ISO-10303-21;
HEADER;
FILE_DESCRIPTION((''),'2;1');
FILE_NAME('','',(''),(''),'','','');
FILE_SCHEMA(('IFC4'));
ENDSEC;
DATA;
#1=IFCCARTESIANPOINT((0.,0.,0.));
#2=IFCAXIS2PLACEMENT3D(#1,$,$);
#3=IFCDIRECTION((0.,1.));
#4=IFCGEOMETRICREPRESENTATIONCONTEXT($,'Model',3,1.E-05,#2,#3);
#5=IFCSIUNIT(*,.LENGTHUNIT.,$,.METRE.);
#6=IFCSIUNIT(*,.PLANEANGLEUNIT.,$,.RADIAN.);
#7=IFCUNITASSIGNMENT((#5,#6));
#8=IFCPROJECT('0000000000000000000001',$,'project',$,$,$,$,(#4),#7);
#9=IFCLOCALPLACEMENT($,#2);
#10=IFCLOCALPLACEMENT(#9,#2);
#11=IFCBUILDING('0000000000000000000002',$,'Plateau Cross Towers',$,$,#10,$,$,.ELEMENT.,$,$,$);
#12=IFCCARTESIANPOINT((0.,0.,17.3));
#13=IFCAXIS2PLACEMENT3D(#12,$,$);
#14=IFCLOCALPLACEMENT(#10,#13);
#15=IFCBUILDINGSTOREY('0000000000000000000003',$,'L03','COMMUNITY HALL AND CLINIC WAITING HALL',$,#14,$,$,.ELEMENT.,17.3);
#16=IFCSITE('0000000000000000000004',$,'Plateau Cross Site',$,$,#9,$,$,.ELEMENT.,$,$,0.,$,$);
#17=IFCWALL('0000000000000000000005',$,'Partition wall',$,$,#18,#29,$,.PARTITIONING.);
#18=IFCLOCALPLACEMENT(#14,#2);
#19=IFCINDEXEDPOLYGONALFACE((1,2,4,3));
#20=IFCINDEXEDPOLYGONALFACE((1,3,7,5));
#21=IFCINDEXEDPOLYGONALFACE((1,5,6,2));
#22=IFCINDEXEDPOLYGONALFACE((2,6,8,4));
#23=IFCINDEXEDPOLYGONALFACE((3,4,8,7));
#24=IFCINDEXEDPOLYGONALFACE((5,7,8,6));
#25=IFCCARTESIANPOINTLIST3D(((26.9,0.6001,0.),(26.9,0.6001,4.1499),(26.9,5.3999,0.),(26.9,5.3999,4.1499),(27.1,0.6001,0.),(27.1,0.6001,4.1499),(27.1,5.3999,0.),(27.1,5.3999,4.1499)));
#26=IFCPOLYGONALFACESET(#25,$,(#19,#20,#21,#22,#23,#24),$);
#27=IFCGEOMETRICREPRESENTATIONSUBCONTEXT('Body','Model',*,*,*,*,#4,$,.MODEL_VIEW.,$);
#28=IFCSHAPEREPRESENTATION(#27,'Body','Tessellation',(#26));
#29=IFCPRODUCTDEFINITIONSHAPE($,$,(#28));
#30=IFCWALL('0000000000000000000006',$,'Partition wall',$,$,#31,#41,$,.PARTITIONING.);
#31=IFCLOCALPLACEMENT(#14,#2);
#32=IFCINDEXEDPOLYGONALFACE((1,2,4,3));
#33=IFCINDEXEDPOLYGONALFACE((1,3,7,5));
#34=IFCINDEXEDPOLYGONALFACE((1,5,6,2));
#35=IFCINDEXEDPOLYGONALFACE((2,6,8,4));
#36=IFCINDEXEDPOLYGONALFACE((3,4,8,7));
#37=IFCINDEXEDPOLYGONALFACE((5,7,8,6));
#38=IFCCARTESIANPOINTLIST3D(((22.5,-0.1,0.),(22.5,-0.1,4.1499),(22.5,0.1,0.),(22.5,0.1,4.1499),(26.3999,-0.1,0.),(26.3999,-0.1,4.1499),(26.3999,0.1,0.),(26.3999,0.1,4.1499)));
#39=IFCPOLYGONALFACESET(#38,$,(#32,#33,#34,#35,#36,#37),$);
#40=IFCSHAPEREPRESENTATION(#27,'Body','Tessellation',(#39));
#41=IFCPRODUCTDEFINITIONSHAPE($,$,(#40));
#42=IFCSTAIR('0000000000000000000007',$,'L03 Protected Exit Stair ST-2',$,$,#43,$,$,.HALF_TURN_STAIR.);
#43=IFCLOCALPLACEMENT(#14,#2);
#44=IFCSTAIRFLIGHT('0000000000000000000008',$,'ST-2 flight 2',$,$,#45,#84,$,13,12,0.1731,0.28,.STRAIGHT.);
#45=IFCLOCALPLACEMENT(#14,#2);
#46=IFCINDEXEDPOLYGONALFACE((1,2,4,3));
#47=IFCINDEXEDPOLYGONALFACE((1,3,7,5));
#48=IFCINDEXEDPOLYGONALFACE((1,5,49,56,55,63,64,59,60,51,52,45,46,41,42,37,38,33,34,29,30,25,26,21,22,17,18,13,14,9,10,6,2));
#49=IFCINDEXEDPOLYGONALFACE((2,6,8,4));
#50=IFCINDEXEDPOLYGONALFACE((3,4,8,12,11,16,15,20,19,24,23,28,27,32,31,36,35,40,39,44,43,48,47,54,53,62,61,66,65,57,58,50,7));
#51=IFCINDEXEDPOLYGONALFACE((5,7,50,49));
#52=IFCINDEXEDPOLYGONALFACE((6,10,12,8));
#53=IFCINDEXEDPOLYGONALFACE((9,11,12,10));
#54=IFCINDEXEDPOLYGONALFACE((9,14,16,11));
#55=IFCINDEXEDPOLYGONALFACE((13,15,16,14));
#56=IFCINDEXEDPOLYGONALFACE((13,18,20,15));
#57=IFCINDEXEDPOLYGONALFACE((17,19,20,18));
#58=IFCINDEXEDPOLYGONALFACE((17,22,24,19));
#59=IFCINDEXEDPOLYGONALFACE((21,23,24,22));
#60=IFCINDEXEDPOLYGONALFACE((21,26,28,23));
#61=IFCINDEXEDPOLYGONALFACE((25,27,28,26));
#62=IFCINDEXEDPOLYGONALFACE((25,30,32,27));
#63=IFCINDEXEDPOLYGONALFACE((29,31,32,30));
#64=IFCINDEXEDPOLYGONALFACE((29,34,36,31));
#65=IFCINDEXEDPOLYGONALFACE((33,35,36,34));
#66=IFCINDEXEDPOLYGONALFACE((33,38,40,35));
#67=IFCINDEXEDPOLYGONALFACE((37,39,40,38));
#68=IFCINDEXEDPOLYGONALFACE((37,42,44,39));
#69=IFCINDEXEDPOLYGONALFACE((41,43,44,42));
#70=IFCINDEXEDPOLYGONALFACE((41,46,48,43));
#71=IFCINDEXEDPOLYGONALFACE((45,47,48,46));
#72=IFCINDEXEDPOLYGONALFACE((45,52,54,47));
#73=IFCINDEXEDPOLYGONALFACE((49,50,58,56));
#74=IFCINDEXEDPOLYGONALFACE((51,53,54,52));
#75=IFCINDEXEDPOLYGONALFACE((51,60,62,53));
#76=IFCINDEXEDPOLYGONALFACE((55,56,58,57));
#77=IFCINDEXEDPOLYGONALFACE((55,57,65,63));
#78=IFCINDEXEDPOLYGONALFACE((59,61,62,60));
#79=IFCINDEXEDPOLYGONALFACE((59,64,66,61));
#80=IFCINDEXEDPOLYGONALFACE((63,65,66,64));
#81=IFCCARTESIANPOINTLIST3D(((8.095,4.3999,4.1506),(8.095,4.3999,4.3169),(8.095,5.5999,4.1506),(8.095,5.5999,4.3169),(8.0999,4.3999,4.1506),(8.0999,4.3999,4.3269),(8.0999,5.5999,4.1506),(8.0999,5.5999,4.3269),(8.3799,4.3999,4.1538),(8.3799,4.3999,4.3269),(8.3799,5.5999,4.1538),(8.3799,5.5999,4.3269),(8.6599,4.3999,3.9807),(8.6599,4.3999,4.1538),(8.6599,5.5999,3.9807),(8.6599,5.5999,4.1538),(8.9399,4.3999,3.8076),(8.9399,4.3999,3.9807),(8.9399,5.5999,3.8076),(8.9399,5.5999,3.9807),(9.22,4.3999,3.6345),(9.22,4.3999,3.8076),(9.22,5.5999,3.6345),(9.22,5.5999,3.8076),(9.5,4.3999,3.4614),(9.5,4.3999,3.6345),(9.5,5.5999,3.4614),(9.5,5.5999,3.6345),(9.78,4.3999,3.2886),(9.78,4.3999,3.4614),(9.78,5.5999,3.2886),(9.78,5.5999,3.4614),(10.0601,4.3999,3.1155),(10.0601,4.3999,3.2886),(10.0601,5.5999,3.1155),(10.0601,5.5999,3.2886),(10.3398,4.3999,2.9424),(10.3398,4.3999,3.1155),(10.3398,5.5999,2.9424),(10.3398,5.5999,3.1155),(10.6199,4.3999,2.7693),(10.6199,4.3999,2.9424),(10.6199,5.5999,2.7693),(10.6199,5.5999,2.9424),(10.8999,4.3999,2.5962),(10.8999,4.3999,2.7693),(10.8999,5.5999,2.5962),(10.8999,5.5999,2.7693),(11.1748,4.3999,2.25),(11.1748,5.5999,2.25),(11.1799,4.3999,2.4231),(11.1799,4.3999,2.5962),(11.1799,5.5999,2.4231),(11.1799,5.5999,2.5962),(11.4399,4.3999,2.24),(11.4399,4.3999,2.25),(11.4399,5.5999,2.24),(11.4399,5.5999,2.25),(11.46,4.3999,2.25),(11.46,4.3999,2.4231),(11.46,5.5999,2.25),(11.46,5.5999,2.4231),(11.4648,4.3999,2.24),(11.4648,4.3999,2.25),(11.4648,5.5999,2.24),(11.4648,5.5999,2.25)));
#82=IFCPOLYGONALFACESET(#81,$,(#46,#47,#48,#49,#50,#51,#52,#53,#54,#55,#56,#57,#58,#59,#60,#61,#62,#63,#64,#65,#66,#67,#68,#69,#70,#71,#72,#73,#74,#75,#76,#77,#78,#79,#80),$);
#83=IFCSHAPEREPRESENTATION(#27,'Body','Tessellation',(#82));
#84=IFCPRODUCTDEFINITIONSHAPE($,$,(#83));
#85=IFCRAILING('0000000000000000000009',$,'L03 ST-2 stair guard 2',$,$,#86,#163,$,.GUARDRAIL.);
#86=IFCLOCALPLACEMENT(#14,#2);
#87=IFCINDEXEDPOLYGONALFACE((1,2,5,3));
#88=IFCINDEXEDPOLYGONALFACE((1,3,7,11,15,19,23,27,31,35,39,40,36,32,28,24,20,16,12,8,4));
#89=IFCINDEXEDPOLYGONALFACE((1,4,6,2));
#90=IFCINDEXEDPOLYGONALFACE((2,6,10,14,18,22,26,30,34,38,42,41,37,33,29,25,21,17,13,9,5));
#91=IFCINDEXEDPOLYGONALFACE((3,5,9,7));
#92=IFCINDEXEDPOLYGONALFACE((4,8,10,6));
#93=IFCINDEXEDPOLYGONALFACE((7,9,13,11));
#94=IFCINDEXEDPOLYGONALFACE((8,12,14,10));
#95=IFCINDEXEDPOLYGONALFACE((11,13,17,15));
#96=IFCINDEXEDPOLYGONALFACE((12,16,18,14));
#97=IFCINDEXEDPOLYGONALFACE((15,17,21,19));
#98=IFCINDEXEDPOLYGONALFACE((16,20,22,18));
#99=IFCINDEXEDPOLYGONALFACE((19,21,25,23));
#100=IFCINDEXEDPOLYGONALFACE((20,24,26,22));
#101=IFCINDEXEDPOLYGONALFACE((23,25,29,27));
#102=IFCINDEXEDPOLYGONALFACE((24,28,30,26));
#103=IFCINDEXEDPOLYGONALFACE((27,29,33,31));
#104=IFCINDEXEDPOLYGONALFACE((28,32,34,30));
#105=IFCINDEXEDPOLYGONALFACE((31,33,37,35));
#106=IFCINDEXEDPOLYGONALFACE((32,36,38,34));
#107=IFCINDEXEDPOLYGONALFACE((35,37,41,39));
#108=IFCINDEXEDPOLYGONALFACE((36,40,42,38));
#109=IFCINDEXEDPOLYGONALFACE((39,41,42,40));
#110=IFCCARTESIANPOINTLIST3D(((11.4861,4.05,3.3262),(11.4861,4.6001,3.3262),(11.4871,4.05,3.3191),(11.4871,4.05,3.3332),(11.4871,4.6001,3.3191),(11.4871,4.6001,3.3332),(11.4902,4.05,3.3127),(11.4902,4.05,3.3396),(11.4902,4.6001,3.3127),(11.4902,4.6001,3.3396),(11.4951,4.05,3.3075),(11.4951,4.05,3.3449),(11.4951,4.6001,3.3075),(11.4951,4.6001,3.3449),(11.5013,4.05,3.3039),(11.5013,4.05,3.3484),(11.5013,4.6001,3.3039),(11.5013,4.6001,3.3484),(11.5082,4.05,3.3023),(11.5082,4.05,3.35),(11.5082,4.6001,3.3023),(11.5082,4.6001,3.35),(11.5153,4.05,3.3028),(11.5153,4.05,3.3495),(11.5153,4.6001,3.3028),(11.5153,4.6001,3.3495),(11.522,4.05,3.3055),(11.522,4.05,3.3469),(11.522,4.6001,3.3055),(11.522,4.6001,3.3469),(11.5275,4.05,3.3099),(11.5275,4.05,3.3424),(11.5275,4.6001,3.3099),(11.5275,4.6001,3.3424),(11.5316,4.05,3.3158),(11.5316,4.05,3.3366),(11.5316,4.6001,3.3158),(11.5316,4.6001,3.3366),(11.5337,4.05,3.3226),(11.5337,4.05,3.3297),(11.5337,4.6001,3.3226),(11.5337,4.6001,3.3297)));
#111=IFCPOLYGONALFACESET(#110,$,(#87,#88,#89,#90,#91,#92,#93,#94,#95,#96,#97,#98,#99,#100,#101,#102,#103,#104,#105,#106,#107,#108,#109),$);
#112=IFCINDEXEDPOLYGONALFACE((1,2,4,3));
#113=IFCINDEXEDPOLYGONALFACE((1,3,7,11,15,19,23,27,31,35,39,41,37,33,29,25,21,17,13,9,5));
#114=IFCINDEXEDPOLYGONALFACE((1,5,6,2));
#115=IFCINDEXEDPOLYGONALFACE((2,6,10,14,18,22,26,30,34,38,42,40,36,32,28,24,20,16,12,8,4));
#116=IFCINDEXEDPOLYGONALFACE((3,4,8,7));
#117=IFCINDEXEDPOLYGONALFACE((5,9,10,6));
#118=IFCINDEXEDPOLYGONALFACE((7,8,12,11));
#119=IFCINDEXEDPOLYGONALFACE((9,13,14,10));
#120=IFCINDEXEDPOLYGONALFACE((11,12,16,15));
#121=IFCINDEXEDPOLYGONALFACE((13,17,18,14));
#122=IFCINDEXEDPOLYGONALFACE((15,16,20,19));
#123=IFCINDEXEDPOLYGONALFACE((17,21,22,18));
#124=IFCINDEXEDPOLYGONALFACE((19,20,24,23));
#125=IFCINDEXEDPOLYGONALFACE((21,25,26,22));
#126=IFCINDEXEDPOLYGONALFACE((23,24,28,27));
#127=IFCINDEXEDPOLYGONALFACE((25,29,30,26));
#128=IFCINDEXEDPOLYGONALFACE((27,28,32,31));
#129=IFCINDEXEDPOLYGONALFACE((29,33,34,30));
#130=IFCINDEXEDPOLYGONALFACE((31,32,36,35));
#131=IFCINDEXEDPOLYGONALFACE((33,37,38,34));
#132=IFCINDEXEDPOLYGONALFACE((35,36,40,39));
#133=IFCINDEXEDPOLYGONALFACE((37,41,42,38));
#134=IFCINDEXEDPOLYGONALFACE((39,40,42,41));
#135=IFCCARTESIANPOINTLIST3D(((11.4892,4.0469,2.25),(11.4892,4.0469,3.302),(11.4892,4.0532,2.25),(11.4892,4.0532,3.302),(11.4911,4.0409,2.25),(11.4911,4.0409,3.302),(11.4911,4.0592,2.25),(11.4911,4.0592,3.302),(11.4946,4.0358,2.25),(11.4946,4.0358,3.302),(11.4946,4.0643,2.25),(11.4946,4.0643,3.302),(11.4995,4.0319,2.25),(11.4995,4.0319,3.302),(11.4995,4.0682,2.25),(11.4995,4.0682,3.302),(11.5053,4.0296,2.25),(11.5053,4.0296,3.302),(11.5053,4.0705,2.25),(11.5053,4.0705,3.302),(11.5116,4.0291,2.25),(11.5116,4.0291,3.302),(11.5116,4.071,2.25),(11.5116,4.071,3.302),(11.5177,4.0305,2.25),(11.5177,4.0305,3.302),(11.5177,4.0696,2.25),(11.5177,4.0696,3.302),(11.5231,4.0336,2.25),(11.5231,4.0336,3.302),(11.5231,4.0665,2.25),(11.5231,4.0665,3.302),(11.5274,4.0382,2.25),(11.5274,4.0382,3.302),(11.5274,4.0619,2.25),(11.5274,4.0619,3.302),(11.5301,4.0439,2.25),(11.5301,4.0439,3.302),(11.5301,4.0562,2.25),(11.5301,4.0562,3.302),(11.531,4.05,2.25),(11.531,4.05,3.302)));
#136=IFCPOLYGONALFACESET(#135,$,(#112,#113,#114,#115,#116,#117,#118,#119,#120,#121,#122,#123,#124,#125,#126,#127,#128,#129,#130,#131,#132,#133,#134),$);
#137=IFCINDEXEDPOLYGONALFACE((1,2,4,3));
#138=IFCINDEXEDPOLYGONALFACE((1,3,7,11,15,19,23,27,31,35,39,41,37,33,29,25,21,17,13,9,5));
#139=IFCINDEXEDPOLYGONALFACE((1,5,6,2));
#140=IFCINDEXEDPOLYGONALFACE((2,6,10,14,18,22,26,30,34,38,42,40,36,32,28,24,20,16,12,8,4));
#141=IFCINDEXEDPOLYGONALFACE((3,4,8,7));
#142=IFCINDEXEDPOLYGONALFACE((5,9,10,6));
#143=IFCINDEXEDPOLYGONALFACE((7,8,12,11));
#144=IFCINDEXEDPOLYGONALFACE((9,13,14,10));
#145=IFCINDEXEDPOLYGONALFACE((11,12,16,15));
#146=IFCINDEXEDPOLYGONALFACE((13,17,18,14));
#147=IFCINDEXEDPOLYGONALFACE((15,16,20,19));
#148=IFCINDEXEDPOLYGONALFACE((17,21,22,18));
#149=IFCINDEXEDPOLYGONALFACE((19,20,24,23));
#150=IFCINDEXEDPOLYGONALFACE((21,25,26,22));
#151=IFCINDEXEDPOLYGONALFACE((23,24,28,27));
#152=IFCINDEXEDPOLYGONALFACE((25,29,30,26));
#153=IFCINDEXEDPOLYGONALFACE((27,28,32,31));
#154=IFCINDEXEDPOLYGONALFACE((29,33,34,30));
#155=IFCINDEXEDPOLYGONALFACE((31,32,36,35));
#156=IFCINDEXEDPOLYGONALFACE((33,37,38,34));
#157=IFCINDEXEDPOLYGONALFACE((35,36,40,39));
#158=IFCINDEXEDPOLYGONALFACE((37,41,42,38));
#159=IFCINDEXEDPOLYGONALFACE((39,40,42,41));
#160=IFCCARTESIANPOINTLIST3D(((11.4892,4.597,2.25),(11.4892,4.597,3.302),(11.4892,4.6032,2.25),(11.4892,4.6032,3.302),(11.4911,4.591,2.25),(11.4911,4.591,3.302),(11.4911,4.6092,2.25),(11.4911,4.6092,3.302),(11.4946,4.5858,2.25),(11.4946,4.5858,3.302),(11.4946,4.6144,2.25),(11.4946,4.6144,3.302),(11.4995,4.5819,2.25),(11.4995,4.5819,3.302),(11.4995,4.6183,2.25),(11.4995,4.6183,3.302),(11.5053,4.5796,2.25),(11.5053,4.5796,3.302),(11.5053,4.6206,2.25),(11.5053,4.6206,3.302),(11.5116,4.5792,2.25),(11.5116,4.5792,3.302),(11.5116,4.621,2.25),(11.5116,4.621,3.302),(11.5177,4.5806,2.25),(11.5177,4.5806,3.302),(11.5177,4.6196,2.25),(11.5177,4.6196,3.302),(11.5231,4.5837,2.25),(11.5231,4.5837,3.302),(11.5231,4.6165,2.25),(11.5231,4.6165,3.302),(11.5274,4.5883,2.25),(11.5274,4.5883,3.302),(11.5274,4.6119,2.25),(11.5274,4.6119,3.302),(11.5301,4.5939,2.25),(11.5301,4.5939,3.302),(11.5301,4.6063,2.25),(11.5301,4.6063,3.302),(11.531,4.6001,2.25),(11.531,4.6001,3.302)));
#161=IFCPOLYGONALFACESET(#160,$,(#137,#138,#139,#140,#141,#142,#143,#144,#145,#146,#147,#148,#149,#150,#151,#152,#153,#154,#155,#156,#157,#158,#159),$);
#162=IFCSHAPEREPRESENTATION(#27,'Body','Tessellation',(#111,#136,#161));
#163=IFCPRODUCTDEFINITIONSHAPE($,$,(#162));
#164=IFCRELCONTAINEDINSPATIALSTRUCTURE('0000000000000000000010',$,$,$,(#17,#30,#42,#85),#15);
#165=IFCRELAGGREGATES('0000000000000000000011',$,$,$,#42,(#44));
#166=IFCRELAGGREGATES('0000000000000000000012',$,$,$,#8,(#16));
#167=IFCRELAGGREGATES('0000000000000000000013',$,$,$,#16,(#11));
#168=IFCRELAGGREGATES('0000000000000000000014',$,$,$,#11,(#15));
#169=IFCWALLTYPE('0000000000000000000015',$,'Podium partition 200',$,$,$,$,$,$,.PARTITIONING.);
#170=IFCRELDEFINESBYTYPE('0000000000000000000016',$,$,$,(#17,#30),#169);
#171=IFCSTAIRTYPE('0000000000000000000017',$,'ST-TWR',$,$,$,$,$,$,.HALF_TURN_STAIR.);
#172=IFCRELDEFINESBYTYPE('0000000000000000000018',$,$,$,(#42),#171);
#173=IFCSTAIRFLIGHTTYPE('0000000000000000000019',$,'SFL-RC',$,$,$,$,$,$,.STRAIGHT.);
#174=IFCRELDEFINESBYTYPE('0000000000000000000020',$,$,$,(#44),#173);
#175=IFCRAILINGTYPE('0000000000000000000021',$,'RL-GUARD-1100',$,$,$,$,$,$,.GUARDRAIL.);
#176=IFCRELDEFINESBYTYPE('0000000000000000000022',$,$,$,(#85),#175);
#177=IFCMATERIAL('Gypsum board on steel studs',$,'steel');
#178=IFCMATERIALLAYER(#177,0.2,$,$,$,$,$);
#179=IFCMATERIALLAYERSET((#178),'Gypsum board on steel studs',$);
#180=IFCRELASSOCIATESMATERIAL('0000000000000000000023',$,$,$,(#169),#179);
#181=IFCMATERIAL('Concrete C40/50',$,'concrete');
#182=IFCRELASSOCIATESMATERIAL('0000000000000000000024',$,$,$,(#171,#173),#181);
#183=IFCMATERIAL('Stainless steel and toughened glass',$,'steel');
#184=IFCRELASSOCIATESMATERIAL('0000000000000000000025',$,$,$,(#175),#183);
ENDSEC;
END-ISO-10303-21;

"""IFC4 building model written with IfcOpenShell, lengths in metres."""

from ifc_helpers import new_model, si_unit, direction, frame, frame_2d, origin, origin_2d, place, context, subcontext, project, spatial, polyline, rectangle, circle, outline, extrude, material, layer, layer_set, type_object, element, aggregate, save


model = new_model("IFC4")

# Units and contexts
model_context = context("Model", 3, precision=1e-05, world=origin(), true_north=direction((0.0, 1.0)))
body_context = subcontext(model_context, "Body", "Model", "MODEL_VIEW")
ifc_project = project(units=[si_unit("LENGTHUNIT", "METRE"), si_unit("PLANEANGLEUNIT", "RADIAN")], contexts=[model_context])

# Site, building, storey
site_placement = place(None, origin())
site = spatial("IfcSite", under=ifc_project, at=site_placement, Name="Plateau Cross Site", CompositionType="ELEMENT", RefElevation=0.0)
building_placement = place(site_placement, origin())
building = spatial("IfcBuilding", under=site, at=building_placement, Name="Plateau Cross Towers", CompositionType="ELEMENT")
storey_placement = place(building_placement, frame((0.0, 0.0, 17.3)))
storey = spatial("IfcBuildingStorey", under=building, at=storey_placement, Name="L03", Description="COMMUNITY HALL AND CLINIC WAITING HALL", CompositionType="ELEMENT", Elevation=17.3)

# Walls
ifc_material_1 = material(Name="Gypsum board on steel studs", Category="steel")
ifc_layer_1 = layer(ifc_material_1, 0.2)
ifc_layer_set_1 = layer_set([ifc_layer_1], Name="Gypsum board on steel studs")
wall_type_1 = type_object("IfcWallType", Name="Podium partition 200", PredefinedType="PARTITIONING", material=ifc_layer_set_1)
wall_1_placement = place(storey_placement, frame((27.0, 5.3999, 0.0), z_axis=(0.0, 0.0, 1.0), x_axis=(0.0, -1.0, 0.0)))
element("IfcWall", 1, at=wall_1_placement, inside=storey, type_object=wall_type_1, Name="Partition wall", PredefinedType="PARTITIONING", context=body_context, shape_type="SweptSolid", body=[
    extrude(rectangle(XDim=4.7998, YDim=0.2, at=frame_2d((2.3999, 0.0))), origin(), (0.0, 0.0, 1.0), 4.1499),
])
wall_2_placement = place(storey_placement, frame((26.3999, 0.0, 0.0), z_axis=(0.0, 0.0, 1.0), x_axis=(-1.0, 0.0, 0.0)))
element("IfcWall", 2, at=wall_2_placement, inside=storey, type_object=wall_type_1, Name="Partition wall", PredefinedType="PARTITIONING", context=body_context, shape_type="SweptSolid", body=[
    extrude(rectangle(XDim=3.8999, YDim=0.2, at=frame_2d((1.95, 0.0))), origin(), (0.0, 0.0, 1.0), 4.1499),
])

# Stair, stair flight
ifc_material_2 = material(Name="Concrete C40/50", Category="concrete")
stair_type = type_object("IfcStairType", Name="ST-TWR", PredefinedType="HALF_TURN_STAIR", material=ifc_material_2)
stair_placement = place(storey_placement, origin())
stair = element("IfcStair", 3, at=stair_placement, inside=storey, type_object=stair_type, Name="L03 Protected Exit Stair ST-2", PredefinedType="HALF_TURN_STAIR")
stair_flight_type = type_object("IfcStairFlightType", Name="SFL-RC", PredefinedType="STRAIGHT", material=ifc_material_2)
stair_flight_placement = place(storey_placement, frame((11.46, 5.0, 2.25), z_axis=(0.0, 0.0, 1.0), x_axis=(-1.0, 0.0, 0.0)))
stair_flight = element("IfcStairFlight", 4, at=stair_flight_placement, type_object=stair_flight_type, Name="ST-2 flight 2", NumberOfRisers=13, NumberOfTreads=12, PredefinedType="STRAIGHT", RiserHeight=0.1731, TreadLength=0.28, context=body_context, shape_type="SweptSolid", body=[
    extrude(outline(polyline([(-0.0049, -0.01), (-0.0049, 0.0), (0.0, 0.0), (0.0, 0.1731), (0.28, 0.1731), (0.28, 0.3462), (0.5601, 0.3462), (0.5601, 0.5193), (0.8401, 0.5193), (0.8401, 0.6924), (1.1201, 0.6924), (1.1201, 0.8655), (1.3999, 0.8655), (1.3999, 1.0386), (1.6799, 1.0386), (1.6799, 1.2114), (1.96, 1.2114), (1.96, 1.3845), (2.24, 1.3845), (2.24, 1.5576), (2.52, 1.5576), (2.52, 1.7307), (2.8, 1.7307), (2.8, 1.9038), (3.0801, 1.9038), (3.0801, 2.0769), (3.3601, 2.0769), (3.365, 2.0669), (3.365, 1.9006), (3.3601, 1.9006), (0.2852, 0.0), (0.02, 0.0), (0.02, -0.01), (-0.0049, -0.01)])), frame((0.0, 0.6001, 0.0), z_axis=(0.0, -1.0, 0.0), x_axis=(1.0, 0.0, 0.0)), (0.0, 0.0, 1.0), 1.2),
])
aggregate(stair, [stair_flight])

# Railing
ifc_material_3 = material(Name="Stainless steel and toughened glass", Category="steel")
railing_type = type_object("IfcRailingType", Name="RL-GUARD-1100", PredefinedType="GUARDRAIL", material=ifc_material_3)
railing_1_placement = place(storey_placement, frame((11.51, 4.05, 2.25)))
element("IfcRailing", 5, at=railing_1_placement, inside=storey, type_object=railing_type, Name="L03 ST-2 stair guard 2", PredefinedType="GUARDRAIL", context=body_context, shape_type="SweptSolid", body=[
    extrude(circle(Radius=0.0239, at=origin_2d()), frame((0.0, 0.0, 1.0762), z_axis=(0.0, 1.0, 0.0), x_axis=(-1.0, 0.0, 0.0)), (0.0, 0.0, 1.0), 0.55),
    extrude(circle(Radius=0.021, at=origin_2d()), origin(), (0.0, 0.0, 1.0), 1.052),
    extrude(circle(Radius=0.021, at=origin_2d()), frame((0.0, 0.55, 0.0)), (0.0, 0.0, 1.0), 1.052),
])

save(model, "model.ifc")
